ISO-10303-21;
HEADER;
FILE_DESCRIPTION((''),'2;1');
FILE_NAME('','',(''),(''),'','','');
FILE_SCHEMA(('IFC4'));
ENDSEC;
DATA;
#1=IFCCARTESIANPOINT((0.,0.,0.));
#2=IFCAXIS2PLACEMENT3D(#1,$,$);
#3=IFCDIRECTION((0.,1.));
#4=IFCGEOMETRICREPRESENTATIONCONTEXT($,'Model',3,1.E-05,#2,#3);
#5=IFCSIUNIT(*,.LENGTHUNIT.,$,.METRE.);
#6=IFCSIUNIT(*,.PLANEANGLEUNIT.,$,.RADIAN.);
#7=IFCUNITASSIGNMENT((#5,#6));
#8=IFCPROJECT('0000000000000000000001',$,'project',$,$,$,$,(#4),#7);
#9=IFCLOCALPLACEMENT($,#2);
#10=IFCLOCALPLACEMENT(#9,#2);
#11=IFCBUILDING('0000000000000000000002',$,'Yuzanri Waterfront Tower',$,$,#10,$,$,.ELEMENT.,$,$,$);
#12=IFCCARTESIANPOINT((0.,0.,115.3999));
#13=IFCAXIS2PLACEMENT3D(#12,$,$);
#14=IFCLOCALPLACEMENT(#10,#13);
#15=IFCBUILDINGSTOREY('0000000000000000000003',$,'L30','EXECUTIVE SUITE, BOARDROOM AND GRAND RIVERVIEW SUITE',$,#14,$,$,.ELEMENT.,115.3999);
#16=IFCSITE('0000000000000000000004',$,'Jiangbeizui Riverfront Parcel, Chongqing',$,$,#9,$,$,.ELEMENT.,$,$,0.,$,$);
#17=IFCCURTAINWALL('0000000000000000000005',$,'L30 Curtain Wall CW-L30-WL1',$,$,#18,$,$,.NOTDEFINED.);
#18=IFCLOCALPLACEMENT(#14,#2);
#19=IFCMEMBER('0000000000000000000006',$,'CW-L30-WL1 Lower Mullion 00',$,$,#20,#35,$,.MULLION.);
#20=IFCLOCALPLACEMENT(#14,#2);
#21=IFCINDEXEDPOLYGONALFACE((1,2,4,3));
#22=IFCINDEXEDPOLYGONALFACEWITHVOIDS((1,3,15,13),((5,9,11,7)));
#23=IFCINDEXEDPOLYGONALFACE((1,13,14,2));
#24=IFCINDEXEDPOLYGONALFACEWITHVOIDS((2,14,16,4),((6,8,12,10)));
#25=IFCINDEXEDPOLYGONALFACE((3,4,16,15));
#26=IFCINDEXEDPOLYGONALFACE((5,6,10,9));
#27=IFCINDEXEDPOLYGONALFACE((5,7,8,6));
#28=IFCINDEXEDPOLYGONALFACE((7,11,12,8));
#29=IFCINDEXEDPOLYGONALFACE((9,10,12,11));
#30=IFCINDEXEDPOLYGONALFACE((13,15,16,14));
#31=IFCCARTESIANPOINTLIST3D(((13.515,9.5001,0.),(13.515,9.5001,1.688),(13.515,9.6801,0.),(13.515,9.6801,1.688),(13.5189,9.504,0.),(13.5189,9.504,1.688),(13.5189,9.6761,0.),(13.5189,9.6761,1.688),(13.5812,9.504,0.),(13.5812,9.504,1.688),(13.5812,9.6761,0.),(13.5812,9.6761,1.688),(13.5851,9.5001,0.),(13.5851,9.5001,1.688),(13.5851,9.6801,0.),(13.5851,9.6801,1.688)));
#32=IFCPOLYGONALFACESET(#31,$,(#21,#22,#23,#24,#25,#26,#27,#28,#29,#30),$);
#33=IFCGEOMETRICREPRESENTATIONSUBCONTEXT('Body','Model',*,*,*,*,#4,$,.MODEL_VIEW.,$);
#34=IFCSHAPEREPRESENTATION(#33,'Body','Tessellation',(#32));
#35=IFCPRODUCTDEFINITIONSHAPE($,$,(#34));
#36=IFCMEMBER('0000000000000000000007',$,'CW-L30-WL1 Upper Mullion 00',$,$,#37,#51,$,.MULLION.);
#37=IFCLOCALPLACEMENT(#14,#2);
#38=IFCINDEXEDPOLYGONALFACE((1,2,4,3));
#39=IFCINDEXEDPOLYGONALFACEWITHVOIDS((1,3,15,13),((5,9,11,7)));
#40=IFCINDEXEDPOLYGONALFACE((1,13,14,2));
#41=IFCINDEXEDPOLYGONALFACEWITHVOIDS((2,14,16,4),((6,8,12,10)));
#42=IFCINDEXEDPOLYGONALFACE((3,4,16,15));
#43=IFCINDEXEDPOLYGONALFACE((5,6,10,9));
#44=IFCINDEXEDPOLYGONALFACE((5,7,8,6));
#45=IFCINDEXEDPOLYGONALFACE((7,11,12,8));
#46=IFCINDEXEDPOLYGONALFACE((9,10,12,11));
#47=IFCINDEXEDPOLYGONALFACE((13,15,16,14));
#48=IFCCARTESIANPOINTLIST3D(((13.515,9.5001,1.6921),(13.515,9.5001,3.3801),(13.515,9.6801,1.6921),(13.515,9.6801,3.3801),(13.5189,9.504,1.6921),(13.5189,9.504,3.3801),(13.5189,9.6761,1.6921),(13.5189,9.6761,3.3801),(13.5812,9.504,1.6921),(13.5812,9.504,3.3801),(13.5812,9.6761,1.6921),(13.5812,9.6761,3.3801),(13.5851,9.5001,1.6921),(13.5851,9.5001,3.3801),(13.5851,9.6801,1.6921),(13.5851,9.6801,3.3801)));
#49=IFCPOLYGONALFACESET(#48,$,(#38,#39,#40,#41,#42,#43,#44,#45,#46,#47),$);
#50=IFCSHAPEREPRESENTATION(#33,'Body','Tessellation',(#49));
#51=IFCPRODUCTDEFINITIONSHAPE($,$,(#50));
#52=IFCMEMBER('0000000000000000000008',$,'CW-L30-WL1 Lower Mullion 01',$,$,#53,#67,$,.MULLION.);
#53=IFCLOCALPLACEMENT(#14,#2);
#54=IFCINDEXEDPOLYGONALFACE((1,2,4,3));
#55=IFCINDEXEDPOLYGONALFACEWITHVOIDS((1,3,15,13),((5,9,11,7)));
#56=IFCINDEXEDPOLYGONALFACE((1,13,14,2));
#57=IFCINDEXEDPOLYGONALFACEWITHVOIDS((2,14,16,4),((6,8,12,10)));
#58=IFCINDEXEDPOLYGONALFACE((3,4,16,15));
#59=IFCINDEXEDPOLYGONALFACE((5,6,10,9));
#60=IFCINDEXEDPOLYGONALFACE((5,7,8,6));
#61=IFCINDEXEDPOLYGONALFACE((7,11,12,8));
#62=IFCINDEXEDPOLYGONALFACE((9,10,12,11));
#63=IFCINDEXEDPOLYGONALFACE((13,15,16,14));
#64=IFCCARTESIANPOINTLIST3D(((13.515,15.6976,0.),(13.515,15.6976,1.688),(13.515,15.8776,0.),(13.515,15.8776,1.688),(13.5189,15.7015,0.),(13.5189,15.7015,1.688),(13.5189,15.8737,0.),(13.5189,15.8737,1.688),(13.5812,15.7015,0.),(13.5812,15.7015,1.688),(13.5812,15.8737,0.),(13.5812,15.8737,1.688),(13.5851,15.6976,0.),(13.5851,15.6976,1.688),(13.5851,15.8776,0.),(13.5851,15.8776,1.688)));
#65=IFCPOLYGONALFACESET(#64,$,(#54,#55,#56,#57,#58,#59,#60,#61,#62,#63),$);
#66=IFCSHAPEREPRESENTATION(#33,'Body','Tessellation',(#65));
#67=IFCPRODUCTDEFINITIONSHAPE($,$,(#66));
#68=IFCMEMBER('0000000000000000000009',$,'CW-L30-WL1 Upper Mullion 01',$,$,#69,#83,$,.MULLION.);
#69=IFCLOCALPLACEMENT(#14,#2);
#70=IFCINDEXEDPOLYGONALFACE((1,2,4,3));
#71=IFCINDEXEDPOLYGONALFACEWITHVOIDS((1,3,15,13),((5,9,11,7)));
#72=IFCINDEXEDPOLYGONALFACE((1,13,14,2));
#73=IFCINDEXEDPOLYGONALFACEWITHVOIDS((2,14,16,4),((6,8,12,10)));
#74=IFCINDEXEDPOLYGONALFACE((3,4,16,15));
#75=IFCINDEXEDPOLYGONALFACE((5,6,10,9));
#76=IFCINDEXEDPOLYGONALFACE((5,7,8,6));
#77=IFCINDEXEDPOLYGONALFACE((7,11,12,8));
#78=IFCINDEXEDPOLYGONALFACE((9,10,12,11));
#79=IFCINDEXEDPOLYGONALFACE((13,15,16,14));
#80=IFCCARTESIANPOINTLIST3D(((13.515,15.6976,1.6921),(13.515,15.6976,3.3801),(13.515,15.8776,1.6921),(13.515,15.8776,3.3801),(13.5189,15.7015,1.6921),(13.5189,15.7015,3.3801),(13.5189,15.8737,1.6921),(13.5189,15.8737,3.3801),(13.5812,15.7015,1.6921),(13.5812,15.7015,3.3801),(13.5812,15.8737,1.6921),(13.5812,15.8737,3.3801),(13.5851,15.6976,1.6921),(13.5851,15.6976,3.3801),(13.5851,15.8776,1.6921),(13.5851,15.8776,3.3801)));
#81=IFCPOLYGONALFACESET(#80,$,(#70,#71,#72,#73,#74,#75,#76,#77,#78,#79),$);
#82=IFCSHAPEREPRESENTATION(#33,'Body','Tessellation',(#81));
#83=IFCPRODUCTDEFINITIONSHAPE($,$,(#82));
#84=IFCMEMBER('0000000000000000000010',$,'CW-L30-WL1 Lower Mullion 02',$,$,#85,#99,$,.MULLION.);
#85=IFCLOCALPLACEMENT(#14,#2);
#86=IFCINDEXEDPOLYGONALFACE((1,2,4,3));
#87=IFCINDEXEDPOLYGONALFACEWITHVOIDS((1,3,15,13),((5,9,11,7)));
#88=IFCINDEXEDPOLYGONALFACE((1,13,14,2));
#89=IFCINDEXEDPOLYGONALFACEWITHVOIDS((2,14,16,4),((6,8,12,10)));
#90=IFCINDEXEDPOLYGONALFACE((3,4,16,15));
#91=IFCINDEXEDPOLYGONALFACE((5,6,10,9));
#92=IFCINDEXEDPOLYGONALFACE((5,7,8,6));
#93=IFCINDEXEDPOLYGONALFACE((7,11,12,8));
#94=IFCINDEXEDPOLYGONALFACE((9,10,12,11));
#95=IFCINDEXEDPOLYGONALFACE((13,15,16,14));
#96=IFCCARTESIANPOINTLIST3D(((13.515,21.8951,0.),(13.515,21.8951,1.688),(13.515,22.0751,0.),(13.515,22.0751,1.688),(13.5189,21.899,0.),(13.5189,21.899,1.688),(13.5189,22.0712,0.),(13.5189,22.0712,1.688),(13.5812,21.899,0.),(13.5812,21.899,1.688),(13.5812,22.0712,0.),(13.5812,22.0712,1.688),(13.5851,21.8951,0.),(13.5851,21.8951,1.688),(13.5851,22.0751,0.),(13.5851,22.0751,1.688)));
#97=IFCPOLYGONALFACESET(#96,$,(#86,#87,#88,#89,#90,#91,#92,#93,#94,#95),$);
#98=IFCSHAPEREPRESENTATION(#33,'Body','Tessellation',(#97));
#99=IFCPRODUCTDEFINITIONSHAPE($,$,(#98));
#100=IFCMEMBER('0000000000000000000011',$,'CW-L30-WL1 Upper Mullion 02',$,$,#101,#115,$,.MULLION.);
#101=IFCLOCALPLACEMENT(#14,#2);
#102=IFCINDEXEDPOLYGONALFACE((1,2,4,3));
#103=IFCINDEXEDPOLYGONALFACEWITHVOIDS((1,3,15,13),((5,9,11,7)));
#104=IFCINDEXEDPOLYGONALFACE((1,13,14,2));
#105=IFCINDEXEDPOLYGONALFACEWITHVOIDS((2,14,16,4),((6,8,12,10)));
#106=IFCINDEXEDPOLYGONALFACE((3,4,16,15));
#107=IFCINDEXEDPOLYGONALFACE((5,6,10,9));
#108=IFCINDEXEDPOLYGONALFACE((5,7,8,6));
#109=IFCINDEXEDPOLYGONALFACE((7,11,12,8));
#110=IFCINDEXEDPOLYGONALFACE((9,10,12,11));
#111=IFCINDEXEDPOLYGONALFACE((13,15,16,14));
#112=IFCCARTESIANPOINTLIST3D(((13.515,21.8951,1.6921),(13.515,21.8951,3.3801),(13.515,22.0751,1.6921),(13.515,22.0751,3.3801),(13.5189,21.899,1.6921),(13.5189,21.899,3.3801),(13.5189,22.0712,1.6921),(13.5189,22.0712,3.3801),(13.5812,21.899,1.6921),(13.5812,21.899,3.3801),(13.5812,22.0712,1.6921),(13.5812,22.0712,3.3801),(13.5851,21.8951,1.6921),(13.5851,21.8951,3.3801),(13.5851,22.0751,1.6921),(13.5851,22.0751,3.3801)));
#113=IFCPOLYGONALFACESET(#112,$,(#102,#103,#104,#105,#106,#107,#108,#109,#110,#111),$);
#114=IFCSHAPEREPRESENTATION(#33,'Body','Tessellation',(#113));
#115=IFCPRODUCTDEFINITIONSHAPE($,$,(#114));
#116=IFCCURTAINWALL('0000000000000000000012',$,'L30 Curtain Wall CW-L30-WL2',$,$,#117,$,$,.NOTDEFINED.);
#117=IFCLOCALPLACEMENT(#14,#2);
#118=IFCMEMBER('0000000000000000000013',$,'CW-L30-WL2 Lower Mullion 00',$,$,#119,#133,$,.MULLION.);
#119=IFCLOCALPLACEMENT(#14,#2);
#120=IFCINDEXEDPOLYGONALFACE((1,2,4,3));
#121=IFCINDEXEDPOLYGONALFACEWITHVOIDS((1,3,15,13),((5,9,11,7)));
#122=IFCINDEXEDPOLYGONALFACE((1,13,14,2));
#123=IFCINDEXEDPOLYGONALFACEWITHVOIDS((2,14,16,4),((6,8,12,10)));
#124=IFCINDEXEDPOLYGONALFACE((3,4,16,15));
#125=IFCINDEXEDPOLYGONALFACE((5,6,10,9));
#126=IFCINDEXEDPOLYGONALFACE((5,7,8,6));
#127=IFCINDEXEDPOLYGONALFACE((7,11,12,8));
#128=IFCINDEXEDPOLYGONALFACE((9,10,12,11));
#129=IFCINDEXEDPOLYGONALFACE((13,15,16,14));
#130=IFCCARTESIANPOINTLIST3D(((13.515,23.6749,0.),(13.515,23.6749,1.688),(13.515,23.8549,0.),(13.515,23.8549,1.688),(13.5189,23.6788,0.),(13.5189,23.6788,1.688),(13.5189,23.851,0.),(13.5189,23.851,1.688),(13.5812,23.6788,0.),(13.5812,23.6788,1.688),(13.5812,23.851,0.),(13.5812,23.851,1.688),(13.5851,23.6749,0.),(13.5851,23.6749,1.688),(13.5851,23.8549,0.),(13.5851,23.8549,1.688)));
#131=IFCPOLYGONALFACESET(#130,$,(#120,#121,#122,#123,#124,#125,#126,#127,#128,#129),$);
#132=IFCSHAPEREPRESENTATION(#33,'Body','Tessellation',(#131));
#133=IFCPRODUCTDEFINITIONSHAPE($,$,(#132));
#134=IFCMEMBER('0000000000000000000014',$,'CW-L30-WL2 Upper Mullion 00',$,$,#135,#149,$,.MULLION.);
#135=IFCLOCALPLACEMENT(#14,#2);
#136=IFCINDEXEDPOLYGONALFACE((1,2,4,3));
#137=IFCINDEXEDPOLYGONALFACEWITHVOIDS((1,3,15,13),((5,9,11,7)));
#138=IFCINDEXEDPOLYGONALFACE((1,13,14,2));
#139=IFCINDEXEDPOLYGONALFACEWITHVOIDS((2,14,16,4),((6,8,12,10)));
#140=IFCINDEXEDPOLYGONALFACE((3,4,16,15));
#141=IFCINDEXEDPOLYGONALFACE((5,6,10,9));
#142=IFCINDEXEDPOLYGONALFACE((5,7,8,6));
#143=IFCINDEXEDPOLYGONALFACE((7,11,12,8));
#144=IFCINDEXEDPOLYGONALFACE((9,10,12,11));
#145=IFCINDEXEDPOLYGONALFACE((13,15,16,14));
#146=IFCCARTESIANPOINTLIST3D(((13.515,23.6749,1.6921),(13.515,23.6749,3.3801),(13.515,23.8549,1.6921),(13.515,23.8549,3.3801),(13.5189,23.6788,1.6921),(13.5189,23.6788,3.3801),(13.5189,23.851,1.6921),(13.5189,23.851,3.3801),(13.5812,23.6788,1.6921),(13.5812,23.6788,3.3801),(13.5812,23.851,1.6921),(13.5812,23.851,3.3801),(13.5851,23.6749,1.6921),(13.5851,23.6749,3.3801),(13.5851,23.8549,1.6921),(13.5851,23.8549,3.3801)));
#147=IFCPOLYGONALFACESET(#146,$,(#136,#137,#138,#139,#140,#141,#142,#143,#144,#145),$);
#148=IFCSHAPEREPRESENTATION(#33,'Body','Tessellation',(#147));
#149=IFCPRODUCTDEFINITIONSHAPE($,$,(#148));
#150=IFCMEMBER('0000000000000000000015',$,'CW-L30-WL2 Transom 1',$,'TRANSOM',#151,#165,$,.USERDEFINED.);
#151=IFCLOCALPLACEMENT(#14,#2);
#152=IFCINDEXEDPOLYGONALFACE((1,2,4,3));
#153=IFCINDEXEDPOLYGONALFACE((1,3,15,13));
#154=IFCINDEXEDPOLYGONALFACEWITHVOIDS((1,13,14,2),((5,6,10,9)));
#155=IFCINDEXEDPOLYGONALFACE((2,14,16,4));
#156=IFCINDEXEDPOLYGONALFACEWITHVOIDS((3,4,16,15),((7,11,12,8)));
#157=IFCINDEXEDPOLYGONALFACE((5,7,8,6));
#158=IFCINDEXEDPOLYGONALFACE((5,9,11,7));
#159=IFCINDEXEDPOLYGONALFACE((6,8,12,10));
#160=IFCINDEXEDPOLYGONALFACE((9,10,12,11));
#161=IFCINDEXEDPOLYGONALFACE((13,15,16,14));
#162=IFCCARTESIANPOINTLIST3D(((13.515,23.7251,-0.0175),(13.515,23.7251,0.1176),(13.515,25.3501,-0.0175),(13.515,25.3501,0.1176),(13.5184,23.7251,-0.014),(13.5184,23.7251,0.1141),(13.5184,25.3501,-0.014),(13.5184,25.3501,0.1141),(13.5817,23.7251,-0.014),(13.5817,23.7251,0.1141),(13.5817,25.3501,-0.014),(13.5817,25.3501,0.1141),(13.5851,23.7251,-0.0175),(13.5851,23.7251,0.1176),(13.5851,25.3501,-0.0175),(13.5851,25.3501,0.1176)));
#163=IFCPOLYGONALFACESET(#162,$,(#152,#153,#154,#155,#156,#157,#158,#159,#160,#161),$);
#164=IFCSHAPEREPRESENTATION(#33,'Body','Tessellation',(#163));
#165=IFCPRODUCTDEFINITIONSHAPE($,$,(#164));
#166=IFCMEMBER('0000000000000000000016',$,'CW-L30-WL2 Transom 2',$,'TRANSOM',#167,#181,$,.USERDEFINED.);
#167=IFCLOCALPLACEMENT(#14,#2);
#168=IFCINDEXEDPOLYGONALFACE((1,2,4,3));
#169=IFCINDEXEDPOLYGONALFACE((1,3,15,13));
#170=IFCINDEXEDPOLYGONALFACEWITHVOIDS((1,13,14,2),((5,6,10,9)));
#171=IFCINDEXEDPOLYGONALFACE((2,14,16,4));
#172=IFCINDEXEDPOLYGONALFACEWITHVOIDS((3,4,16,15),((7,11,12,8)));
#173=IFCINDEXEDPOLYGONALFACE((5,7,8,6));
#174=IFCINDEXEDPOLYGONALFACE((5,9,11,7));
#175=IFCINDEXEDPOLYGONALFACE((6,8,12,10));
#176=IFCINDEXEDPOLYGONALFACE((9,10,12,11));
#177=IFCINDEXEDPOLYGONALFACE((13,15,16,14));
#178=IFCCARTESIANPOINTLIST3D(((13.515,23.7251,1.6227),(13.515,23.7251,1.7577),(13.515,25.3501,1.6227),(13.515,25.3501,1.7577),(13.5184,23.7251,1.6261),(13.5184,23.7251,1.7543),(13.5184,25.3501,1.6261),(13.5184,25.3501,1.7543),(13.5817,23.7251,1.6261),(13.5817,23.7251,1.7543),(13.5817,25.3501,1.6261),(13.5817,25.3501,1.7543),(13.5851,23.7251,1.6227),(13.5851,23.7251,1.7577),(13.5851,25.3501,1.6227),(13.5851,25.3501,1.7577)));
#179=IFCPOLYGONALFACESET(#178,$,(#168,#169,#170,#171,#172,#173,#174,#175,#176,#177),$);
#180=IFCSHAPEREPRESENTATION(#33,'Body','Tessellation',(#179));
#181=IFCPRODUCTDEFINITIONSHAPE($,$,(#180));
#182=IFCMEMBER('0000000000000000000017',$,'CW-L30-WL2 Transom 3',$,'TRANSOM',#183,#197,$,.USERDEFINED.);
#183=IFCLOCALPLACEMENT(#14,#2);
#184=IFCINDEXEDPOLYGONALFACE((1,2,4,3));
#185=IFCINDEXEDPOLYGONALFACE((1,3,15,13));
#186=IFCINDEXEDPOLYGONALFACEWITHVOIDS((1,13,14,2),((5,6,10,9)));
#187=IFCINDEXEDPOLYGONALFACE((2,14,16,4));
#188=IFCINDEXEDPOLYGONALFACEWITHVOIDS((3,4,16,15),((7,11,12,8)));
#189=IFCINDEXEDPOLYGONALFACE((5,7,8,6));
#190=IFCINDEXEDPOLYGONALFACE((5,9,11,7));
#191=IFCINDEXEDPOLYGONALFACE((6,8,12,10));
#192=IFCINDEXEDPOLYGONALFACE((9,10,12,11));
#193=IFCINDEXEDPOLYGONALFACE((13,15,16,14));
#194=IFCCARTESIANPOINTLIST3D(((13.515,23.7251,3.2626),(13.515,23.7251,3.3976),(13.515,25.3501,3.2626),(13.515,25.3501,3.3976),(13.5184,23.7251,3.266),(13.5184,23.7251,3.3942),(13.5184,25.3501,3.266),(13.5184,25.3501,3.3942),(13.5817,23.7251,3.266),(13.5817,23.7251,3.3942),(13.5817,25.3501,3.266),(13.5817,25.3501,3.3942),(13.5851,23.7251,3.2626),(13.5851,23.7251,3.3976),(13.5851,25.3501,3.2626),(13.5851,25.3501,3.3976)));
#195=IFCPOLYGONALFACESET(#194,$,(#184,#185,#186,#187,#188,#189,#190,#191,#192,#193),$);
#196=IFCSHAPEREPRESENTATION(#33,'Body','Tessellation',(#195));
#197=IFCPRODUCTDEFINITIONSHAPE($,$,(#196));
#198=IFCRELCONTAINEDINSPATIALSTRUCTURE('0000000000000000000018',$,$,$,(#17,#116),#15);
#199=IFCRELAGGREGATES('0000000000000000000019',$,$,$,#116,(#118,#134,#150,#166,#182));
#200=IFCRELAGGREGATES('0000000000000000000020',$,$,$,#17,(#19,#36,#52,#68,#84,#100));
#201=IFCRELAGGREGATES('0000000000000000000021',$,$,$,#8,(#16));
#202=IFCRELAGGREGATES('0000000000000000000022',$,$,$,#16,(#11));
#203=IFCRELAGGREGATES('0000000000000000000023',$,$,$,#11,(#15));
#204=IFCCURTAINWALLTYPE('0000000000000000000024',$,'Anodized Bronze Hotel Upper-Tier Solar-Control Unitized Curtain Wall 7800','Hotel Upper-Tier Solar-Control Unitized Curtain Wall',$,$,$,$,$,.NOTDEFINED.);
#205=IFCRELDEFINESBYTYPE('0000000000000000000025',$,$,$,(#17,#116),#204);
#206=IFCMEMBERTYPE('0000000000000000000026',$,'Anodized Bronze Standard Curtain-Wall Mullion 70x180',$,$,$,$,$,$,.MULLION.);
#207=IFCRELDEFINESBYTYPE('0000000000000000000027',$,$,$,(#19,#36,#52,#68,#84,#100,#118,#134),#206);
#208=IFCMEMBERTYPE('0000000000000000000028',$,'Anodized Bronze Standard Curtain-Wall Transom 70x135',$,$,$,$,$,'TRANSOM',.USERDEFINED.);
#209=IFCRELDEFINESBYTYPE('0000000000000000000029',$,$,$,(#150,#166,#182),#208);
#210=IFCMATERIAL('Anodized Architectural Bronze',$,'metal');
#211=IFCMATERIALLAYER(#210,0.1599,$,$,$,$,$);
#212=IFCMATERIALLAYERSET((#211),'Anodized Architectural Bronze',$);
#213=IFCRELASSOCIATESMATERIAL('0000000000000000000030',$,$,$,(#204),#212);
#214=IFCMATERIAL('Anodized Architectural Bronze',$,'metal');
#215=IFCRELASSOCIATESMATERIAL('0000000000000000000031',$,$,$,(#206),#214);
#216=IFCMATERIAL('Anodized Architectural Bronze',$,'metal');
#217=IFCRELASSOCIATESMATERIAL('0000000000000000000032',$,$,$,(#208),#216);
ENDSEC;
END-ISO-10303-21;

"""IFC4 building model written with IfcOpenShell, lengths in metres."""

from ifc_helpers import new_model, si_unit, direction, frame, origin, origin_2d, place, context, subcontext, project, spatial, hollow_rectangle, extrude, source, transform, mapped, material, layer, layer_set, material_profile, profile_set, type_object, element, aggregate, save


model = new_model("IFC4")

# Units and contexts
model_context = context("Model", 3, precision=1e-05, world=origin(), true_north=direction((0.0, 1.0)))
body_context = subcontext(model_context, "Body", "Model", "MODEL_VIEW")
ifc_project = project(units=[si_unit("LENGTHUNIT", "METRE"), si_unit("PLANEANGLEUNIT", "RADIAN")], contexts=[model_context])

# Site, building, storey
site_placement = place(None, origin())
site = spatial("IfcSite", under=ifc_project, at=site_placement, Name="Jiangbeizui Riverfront Parcel, Chongqing", CompositionType="ELEMENT", RefElevation=0.0)
building_placement = place(site_placement, origin())
building = spatial("IfcBuilding", under=site, at=building_placement, Name="Yuzanri Waterfront Tower", CompositionType="ELEMENT")
storey_placement = place(building_placement, frame((0.0, 0.0, 115.3999)))
storey = spatial("IfcBuildingStorey", under=building, at=storey_placement, Name="L30", Description="EXECUTIVE SUITE, BOARDROOM AND GRAND RIVERVIEW SUITE", CompositionType="ELEMENT", Elevation=115.3999)

# Curtain walls, members
ifc_material_1 = material(Name="Anodized Architectural Bronze", Category="metal")
ifc_layer_1 = layer(ifc_material_1, 0.1599)
ifc_layer_set_1 = layer_set([ifc_layer_1], Name="Anodized Architectural Bronze")
curtain_wall_type = type_object("IfcCurtainWallType", Name="Anodized Bronze Hotel Upper-Tier Solar-Control Unitized Curtain Wall 7800", Description="Hotel Upper-Tier Solar-Control Unitized Curtain Wall", PredefinedType="NOTDEFINED", material=ifc_layer_set_1)
curtain_wall_1_placement = place(storey_placement, origin())
curtain_wall_1 = element("IfcCurtainWall", 1, at=curtain_wall_1_placement, inside=storey, type_object=curtain_wall_type, Name="L30 Curtain Wall CW-L30-WL1", PredefinedType="NOTDEFINED")
ifc_material_2 = material(Name="Anodized Architectural Bronze", Category="metal")
ifc_material_profile_1 = material_profile(ifc_material_2, hollow_rectangle(XDim=0.0701, YDim=0.1799, WallThickness=0.0039, at=origin_2d()), Name="CWM 70x180")
ifc_profile_set_1 = profile_set([ifc_material_profile_1], Name="Anodized Architectural Bronze")
member_type_1 = type_object("IfcMemberType", Name="Anodized Bronze Standard Curtain-Wall Mullion 70x180", PredefinedType="MULLION", material=ifc_profile_set_1)
shared_shape_1 = source(origin(), body_context, "Body", "SweptSolid", [
    extrude(hollow_rectangle(XDim=0.0701, YDim=0.1799, WallThickness=0.0039, at=origin_2d()), origin(), (0.0, 0.0, 1.0), 1.688),
])
member_1_placement = place(storey_placement, frame((13.55, 9.5901, 0.0), z_axis=(0.0, 0.0, 1.0), x_axis=(1.0, 0.0, 0.0)))
member_1 = element("IfcMember", 2, at=member_1_placement, type_object=member_type_1, Name="CW-L30-WL1 Lower Mullion 00", PredefinedType="MULLION", context=body_context, shape_type="MappedRepresentation", body=[
    mapped(shared_shape_1, transform((0.0, 0.0, 0.0), scale=1.0)),
])
member_2_placement = place(storey_placement, frame((13.55, 9.5901, 1.6921), z_axis=(0.0, 0.0, 1.0), x_axis=(1.0, 0.0, 0.0)))
member_2 = element("IfcMember", 3, at=member_2_placement, type_object=member_type_1, Name="CW-L30-WL1 Upper Mullion 00", PredefinedType="MULLION", context=body_context, shape_type="MappedRepresentation", body=[
    mapped(shared_shape_1, transform((0.0, 0.0, 0.0), scale=1.0)),
])
member_3_placement = place(storey_placement, frame((13.55, 15.7876, 0.0), z_axis=(0.0, 0.0, 1.0), x_axis=(1.0, 0.0, 0.0)))
member_3 = element("IfcMember", 4, at=member_3_placement, type_object=member_type_1, Name="CW-L30-WL1 Lower Mullion 01", PredefinedType="MULLION", context=body_context, shape_type="MappedRepresentation", body=[
    mapped(shared_shape_1, transform((0.0, 0.0, 0.0), scale=1.0)),
])
member_4_placement = place(storey_placement, frame((13.55, 15.7876, 1.6921), z_axis=(0.0, 0.0, 1.0), x_axis=(1.0, 0.0, 0.0)))
member_4 = element("IfcMember", 5, at=member_4_placement, type_object=member_type_1, Name="CW-L30-WL1 Upper Mullion 01", PredefinedType="MULLION", context=body_context, shape_type="MappedRepresentation", body=[
    mapped(shared_shape_1, transform((0.0, 0.0, 0.0), scale=1.0)),
])
member_5_placement = place(storey_placement, frame((13.55, 21.9851, 0.0), z_axis=(0.0, 0.0, 1.0), x_axis=(1.0, 0.0, 0.0)))
member_5 = element("IfcMember", 6, at=member_5_placement, type_object=member_type_1, Name="CW-L30-WL1 Lower Mullion 02", PredefinedType="MULLION", context=body_context, shape_type="MappedRepresentation", body=[
    mapped(shared_shape_1, transform((0.0, 0.0, 0.0), scale=1.0)),
])
member_6_placement = place(storey_placement, frame((13.55, 21.9851, 1.6921), z_axis=(0.0, 0.0, 1.0), x_axis=(1.0, 0.0, 0.0)))
member_6 = element("IfcMember", 7, at=member_6_placement, type_object=member_type_1, Name="CW-L30-WL1 Upper Mullion 02", PredefinedType="MULLION", context=body_context, shape_type="MappedRepresentation", body=[
    mapped(shared_shape_1, transform((0.0, 0.0, 0.0), scale=1.0)),
])
curtain_wall_2_placement = place(storey_placement, origin())
curtain_wall_2 = element("IfcCurtainWall", 8, at=curtain_wall_2_placement, inside=storey, type_object=curtain_wall_type, Name="L30 Curtain Wall CW-L30-WL2", PredefinedType="NOTDEFINED")
member_7_placement = place(storey_placement, frame((13.55, 23.7649, 0.0), z_axis=(0.0, 0.0, 1.0), x_axis=(1.0, 0.0, 0.0)))
member_7 = element("IfcMember", 9, at=member_7_placement, type_object=member_type_1, Name="CW-L30-WL2 Lower Mullion 00", PredefinedType="MULLION", context=body_context, shape_type="MappedRepresentation", body=[
    mapped(shared_shape_1, transform((0.0, 0.0, 0.0), scale=1.0)),
])
member_8_placement = place(storey_placement, frame((13.55, 23.7649, 1.6921), z_axis=(0.0, 0.0, 1.0), x_axis=(1.0, 0.0, 0.0)))
member_8 = element("IfcMember", 10, at=member_8_placement, type_object=member_type_1, Name="CW-L30-WL2 Upper Mullion 00", PredefinedType="MULLION", context=body_context, shape_type="MappedRepresentation", body=[
    mapped(shared_shape_1, transform((0.0, 0.0, 0.0), scale=1.0)),
])
ifc_material_3 = material(Name="Anodized Architectural Bronze", Category="metal")
ifc_material_profile_2 = material_profile(ifc_material_3, hollow_rectangle(XDim=0.0701, YDim=0.135, WallThickness=0.0034, at=origin_2d()), Name="CWT 70x135")
ifc_profile_set_2 = profile_set([ifc_material_profile_2], Name="Anodized Architectural Bronze")
member_type_2 = type_object("IfcMemberType", Name="Anodized Bronze Standard Curtain-Wall Transom 70x135", ElementType="TRANSOM", PredefinedType="USERDEFINED", material=ifc_profile_set_2)
shared_shape_2 = source(origin(), body_context, "Body", "SweptSolid", [
    extrude(hollow_rectangle(XDim=0.0701, YDim=0.135, WallThickness=0.0034, at=origin_2d()), origin(), (0.0, 0.0, 1.0), 1.625),
])
member_9_placement = place(storey_placement, frame((13.55, 23.7251, 0.05), z_axis=(0.0, 1.0, 0.0), x_axis=(-1.0, 0.0, 0.0)))
member_9 = element("IfcMember", 11, at=member_9_placement, type_object=member_type_2, Name="CW-L30-WL2 Transom 1", ObjectType="TRANSOM", PredefinedType="USERDEFINED", context=body_context, shape_type="MappedRepresentation", body=[
    mapped(shared_shape_2, transform((0.0, 0.0, 0.0), scale=1.0)),
])
member_10_placement = place(storey_placement, frame((13.55, 23.7251, 1.6902), z_axis=(0.0, 1.0, 0.0), x_axis=(-1.0, 0.0, 0.0)))
member_10 = element("IfcMember", 12, at=member_10_placement, type_object=member_type_2, Name="CW-L30-WL2 Transom 2", ObjectType="TRANSOM", PredefinedType="USERDEFINED", context=body_context, shape_type="MappedRepresentation", body=[
    mapped(shared_shape_2, transform((0.0, 0.0, 0.0), scale=1.0)),
])
member_11_placement = place(storey_placement, frame((13.55, 23.7251, 3.3301), z_axis=(0.0, 1.0, 0.0), x_axis=(-1.0, 0.0, 0.0)))
member_11 = element("IfcMember", 13, at=member_11_placement, type_object=member_type_2, Name="CW-L30-WL2 Transom 3", ObjectType="TRANSOM", PredefinedType="USERDEFINED", context=body_context, shape_type="MappedRepresentation", body=[
    mapped(shared_shape_2, transform((0.0, 0.0, 0.0), scale=1.0)),
])
aggregate(curtain_wall_2, [member_7, member_8, member_9, member_10, member_11])

aggregate(curtain_wall_1, [member_1, member_2, member_3, member_4, member_5, member_6])

save(model, "model.ifc")
